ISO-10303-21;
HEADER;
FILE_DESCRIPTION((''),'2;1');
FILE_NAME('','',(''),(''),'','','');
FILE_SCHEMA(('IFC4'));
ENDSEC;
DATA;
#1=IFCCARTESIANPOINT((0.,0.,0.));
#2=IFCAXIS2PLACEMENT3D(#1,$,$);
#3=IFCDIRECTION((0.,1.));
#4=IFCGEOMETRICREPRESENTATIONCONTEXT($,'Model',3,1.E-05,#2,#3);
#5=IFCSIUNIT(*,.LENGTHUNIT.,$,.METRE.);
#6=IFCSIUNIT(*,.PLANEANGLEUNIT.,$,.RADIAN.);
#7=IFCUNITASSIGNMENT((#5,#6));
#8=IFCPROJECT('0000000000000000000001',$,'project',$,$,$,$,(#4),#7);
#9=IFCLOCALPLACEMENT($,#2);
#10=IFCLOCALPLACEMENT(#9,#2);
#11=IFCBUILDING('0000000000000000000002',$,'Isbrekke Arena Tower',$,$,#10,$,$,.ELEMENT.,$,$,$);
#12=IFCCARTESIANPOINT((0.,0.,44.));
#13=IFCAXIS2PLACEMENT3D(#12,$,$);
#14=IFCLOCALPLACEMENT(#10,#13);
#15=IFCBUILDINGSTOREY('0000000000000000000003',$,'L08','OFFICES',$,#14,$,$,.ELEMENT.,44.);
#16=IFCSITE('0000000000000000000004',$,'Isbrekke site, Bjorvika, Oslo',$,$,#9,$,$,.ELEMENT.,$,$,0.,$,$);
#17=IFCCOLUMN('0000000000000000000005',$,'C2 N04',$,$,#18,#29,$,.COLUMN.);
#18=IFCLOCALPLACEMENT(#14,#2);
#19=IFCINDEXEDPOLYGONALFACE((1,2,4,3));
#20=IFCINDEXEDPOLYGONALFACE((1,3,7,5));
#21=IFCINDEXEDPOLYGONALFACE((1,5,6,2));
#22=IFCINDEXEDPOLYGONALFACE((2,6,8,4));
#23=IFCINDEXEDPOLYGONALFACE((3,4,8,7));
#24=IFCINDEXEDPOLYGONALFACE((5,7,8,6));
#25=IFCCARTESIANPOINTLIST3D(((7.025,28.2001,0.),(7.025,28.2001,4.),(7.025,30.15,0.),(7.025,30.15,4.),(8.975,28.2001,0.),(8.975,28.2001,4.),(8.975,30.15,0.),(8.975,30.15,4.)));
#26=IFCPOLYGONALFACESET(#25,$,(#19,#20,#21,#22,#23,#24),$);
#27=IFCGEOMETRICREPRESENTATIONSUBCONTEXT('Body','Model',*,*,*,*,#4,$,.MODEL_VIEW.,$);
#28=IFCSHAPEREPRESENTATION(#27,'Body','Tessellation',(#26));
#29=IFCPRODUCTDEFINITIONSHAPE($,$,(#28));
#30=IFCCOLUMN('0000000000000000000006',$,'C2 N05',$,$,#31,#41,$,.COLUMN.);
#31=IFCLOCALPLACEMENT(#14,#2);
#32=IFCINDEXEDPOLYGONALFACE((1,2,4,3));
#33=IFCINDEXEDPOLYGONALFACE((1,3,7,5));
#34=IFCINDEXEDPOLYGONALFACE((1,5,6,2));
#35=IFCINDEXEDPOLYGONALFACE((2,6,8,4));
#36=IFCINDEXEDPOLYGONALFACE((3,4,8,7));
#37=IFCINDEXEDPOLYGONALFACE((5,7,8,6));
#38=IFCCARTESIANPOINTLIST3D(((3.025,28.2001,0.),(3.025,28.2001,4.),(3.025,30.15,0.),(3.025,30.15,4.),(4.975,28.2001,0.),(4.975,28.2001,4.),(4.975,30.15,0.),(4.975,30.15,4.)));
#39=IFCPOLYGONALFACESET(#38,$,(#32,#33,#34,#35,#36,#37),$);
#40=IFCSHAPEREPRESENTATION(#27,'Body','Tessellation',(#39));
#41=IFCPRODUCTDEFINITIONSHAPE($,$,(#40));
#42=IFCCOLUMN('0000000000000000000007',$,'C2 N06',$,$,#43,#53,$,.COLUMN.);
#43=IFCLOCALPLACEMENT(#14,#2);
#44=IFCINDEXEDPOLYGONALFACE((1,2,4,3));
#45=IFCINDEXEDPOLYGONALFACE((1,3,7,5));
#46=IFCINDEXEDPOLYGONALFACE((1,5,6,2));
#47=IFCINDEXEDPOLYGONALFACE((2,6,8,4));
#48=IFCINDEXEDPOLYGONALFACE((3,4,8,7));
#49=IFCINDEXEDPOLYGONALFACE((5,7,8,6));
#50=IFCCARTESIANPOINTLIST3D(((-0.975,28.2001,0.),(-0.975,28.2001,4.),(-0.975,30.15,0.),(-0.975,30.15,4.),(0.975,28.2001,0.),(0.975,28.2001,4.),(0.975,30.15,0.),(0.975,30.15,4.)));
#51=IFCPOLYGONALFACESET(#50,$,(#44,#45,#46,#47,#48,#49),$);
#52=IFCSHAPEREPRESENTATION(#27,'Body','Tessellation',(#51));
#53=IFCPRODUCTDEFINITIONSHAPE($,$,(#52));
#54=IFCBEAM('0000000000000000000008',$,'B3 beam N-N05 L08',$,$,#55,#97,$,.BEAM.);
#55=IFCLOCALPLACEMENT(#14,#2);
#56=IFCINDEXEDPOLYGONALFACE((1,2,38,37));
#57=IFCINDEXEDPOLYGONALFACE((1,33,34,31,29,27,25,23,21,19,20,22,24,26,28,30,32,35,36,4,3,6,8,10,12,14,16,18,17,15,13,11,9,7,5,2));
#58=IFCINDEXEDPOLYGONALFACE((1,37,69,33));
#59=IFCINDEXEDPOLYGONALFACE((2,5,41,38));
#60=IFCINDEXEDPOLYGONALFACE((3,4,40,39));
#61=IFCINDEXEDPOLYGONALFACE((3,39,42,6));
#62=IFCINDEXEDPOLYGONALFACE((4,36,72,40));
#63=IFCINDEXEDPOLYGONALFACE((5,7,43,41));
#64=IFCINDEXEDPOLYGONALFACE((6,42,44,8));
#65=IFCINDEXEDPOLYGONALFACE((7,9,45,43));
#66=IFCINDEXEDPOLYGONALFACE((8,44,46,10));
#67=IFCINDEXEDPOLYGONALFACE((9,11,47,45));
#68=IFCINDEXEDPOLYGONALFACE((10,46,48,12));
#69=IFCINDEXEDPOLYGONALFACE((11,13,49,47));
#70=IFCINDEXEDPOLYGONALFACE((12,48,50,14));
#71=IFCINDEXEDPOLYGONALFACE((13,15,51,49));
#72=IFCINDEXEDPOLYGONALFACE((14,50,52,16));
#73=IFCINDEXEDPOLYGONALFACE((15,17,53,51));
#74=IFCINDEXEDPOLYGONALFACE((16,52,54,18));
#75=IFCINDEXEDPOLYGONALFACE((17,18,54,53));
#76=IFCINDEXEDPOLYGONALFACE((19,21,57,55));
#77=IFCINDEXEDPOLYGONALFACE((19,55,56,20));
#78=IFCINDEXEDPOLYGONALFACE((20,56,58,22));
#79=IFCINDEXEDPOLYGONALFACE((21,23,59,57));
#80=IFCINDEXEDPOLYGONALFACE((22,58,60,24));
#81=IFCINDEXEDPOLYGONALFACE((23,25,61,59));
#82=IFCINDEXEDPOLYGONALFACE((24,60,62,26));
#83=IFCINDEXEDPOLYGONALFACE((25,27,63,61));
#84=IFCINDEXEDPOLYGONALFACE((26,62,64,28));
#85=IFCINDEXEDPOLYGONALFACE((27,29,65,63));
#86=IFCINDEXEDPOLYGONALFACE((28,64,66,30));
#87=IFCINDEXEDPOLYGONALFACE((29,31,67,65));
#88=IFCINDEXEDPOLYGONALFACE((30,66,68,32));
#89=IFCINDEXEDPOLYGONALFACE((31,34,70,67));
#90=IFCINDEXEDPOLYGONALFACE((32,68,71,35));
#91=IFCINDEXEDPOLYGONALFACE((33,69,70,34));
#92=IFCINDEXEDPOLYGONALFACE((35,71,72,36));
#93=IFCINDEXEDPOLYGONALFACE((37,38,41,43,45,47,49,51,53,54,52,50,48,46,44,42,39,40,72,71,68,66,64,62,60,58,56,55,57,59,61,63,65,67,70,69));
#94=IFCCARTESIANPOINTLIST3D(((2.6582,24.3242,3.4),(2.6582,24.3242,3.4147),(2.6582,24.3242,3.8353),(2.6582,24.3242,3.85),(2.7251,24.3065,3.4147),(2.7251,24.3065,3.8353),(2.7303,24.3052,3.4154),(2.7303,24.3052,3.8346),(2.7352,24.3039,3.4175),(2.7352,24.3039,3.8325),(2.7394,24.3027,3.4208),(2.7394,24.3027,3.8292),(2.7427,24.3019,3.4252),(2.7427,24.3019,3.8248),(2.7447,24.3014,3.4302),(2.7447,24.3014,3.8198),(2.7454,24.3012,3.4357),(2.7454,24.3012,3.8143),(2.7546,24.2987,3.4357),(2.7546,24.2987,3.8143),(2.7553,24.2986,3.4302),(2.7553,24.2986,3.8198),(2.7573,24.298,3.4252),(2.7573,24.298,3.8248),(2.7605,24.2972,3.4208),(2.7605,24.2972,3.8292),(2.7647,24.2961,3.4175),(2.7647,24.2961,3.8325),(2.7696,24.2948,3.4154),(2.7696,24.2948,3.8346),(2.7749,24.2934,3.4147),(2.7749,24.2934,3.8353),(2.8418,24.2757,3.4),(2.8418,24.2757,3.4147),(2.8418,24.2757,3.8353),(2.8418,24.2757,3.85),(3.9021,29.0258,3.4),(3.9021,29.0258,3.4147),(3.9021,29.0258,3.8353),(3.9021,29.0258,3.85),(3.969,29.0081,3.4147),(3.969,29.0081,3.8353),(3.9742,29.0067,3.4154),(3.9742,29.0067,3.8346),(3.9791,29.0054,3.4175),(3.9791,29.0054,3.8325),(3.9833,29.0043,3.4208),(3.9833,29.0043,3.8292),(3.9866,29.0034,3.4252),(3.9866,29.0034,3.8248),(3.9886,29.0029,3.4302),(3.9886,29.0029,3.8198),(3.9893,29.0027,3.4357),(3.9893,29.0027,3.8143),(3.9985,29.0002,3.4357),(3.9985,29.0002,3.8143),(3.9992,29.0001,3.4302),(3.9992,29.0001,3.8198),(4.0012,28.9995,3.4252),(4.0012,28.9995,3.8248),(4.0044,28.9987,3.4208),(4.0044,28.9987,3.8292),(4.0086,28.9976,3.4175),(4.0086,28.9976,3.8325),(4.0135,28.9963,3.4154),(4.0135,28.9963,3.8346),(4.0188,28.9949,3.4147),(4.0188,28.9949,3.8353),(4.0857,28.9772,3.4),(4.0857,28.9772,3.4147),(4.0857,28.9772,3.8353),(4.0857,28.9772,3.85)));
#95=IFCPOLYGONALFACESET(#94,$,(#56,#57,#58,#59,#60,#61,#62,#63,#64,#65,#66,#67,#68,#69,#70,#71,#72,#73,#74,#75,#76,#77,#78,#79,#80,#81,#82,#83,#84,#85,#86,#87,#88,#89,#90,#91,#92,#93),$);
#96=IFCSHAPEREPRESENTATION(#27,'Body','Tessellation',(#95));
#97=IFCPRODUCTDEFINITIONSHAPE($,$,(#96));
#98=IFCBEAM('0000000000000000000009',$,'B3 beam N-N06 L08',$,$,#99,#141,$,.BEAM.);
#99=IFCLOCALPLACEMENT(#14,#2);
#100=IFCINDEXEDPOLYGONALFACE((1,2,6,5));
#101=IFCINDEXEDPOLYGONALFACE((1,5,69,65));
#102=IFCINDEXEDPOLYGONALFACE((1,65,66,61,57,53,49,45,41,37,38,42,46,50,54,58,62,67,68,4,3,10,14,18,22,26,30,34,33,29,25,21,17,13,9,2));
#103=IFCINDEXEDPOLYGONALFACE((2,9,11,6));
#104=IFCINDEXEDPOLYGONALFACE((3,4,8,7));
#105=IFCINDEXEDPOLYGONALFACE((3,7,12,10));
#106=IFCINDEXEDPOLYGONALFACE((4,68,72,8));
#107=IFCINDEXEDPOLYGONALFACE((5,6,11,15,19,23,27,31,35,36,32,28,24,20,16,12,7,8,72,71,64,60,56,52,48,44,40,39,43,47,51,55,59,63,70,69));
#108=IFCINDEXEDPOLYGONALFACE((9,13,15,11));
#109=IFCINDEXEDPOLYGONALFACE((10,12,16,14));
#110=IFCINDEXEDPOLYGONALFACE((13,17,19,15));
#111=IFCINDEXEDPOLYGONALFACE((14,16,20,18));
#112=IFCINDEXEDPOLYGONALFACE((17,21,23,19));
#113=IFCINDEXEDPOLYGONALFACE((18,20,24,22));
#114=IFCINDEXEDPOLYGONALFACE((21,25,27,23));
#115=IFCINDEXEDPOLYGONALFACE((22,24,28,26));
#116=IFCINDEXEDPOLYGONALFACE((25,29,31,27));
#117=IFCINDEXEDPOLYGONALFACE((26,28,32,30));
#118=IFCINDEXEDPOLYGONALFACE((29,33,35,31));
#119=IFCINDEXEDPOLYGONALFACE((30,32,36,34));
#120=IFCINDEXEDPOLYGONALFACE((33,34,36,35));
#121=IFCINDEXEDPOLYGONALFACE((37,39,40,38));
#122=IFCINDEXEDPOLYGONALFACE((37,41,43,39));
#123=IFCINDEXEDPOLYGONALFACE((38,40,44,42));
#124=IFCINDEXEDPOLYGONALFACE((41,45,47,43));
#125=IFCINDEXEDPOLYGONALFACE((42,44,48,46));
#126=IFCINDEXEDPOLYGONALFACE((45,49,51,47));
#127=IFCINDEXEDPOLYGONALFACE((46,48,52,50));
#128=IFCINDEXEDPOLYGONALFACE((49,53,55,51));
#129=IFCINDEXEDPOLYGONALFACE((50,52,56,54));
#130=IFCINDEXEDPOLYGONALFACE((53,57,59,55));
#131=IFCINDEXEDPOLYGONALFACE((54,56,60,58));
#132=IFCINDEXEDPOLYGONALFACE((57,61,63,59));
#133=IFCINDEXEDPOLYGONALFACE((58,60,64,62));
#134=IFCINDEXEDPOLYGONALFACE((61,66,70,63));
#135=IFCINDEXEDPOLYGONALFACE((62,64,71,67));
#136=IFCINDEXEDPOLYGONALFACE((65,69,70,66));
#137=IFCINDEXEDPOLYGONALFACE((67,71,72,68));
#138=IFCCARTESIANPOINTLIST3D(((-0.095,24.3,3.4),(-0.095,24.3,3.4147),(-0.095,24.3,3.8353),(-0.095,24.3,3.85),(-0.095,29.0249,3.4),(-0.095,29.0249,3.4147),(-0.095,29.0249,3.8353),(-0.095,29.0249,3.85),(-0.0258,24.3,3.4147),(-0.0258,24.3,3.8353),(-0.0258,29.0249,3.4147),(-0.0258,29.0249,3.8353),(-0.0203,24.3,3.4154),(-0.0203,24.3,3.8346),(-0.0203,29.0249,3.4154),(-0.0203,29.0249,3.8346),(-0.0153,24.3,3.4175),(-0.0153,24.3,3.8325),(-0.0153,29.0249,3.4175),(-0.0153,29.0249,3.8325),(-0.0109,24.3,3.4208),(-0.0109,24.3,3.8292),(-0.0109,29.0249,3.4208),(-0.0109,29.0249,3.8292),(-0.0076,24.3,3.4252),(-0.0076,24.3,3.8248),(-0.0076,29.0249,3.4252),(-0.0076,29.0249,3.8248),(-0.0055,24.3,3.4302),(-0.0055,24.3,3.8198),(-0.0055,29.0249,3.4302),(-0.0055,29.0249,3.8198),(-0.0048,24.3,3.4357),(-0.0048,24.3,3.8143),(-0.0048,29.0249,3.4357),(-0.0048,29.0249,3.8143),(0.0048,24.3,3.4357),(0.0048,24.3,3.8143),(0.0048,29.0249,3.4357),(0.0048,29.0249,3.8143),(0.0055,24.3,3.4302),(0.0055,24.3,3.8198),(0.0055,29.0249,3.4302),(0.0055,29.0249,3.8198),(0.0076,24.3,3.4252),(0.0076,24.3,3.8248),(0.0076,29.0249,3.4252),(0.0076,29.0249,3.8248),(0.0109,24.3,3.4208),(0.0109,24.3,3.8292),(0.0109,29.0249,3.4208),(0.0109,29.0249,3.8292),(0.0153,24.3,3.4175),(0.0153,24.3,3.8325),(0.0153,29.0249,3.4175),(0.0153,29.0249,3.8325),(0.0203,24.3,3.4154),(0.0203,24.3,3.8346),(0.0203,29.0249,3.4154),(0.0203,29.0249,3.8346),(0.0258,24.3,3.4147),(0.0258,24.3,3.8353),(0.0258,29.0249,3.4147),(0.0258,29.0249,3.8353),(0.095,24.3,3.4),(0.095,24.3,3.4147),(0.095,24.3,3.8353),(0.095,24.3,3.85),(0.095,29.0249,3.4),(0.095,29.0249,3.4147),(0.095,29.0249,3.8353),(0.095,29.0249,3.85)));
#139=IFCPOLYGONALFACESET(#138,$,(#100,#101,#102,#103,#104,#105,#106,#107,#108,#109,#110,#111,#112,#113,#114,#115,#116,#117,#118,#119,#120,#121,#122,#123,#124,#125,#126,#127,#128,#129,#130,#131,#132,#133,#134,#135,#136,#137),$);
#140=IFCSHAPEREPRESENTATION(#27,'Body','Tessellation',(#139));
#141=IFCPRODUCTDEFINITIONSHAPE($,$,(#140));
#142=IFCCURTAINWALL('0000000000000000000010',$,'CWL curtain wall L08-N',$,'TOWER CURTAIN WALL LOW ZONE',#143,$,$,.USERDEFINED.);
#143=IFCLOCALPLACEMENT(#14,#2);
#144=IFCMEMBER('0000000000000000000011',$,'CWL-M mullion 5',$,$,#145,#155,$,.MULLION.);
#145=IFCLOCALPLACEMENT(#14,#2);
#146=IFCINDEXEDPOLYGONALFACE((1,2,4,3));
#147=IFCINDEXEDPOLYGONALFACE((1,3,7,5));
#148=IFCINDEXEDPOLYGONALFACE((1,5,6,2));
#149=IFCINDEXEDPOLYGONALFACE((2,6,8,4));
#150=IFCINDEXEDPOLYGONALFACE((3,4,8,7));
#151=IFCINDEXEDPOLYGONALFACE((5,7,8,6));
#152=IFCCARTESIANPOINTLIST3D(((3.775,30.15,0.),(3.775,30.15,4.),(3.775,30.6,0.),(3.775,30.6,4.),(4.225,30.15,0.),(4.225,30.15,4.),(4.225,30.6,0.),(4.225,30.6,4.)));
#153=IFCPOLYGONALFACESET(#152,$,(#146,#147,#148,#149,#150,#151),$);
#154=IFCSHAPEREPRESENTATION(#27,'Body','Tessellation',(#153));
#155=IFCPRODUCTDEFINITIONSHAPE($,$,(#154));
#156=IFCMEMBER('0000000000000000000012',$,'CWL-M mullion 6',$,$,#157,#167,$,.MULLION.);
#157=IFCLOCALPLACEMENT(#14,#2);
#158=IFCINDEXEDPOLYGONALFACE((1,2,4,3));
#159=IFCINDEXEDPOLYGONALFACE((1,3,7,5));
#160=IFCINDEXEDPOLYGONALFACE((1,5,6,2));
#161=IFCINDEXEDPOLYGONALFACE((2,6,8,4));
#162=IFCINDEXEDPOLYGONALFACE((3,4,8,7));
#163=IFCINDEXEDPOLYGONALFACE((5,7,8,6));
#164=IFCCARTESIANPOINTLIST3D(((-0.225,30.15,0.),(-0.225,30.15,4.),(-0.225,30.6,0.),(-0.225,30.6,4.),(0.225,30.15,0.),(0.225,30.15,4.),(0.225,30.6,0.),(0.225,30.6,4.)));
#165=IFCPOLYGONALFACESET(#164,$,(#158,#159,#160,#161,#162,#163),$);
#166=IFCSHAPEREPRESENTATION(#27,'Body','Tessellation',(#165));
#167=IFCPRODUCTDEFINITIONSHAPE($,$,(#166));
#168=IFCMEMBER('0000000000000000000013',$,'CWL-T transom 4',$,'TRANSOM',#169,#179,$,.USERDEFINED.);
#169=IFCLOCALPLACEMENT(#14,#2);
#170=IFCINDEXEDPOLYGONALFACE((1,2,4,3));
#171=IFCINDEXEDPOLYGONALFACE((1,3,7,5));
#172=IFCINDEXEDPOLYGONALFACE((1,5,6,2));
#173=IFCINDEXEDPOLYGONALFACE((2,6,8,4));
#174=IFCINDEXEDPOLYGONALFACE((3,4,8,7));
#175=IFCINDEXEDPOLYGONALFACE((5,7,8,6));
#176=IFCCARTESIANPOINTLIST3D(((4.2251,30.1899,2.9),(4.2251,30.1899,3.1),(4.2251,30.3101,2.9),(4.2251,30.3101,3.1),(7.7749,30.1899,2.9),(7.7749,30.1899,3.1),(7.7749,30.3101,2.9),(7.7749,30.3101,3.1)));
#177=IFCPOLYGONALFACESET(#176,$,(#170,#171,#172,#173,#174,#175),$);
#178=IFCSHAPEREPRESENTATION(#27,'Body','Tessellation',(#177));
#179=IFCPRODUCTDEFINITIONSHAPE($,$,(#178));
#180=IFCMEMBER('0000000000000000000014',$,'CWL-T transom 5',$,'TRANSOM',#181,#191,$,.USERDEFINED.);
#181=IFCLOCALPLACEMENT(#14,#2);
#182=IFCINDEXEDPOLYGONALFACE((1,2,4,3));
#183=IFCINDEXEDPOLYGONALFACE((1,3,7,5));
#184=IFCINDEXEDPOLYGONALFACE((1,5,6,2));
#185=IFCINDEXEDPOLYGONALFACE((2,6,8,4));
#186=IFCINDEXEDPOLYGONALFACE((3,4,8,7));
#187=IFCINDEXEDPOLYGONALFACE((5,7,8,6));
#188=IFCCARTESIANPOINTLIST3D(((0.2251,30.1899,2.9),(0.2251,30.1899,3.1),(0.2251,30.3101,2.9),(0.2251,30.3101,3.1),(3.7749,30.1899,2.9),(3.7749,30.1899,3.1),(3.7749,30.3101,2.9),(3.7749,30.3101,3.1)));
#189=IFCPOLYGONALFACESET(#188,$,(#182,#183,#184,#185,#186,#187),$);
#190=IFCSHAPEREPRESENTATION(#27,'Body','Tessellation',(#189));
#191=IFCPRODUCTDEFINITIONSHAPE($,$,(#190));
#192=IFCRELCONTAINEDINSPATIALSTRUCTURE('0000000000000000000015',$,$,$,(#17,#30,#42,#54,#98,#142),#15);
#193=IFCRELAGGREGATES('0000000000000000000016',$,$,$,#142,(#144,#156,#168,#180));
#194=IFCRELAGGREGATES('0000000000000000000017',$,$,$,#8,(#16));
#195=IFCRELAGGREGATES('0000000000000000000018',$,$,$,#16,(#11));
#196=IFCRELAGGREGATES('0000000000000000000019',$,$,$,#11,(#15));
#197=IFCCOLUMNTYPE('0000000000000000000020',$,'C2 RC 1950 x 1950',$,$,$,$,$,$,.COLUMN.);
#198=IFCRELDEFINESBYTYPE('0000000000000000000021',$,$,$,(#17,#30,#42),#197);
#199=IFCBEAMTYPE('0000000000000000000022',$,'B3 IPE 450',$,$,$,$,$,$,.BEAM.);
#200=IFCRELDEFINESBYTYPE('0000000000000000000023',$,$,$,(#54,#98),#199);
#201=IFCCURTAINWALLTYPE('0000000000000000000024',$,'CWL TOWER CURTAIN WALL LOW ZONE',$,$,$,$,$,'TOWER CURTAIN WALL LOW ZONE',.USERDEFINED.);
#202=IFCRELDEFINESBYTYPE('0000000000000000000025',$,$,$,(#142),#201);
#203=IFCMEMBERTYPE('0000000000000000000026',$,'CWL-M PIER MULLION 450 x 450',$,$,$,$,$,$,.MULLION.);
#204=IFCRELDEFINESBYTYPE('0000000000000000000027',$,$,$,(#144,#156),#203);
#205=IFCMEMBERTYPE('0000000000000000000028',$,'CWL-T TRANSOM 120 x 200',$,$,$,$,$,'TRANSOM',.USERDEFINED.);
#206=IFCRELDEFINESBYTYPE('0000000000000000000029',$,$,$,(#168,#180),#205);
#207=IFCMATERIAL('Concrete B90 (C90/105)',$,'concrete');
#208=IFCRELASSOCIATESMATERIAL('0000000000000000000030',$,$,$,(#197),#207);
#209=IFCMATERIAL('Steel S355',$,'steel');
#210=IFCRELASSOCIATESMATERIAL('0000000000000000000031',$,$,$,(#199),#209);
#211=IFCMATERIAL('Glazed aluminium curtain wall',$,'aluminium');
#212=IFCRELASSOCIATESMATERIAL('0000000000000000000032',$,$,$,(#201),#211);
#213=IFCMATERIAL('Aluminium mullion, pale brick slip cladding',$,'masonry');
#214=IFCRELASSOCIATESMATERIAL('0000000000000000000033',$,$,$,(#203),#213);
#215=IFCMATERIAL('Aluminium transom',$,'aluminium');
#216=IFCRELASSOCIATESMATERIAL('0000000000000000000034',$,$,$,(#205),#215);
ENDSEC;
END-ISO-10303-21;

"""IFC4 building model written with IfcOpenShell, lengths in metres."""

from ifc_helpers import new_model, si_unit, direction, frame, origin, origin_2d, place, context, subcontext, project, spatial, rectangle, i_section, extrude, material, material_profile, profile_set, type_object, element, aggregate, save


model = new_model("IFC4")

# Units and contexts
model_context = context("Model", 3, precision=1e-05, world=origin(), true_north=direction((0.0, 1.0)))
body_context = subcontext(model_context, "Body", "Model", "MODEL_VIEW")
ifc_project = project(units=[si_unit("LENGTHUNIT", "METRE"), si_unit("PLANEANGLEUNIT", "RADIAN")], contexts=[model_context])

# Site, building, storey
site_placement = place(None, origin())
site = spatial("IfcSite", under=ifc_project, at=site_placement, Name="Isbrekke site, Bjorvika, Oslo", CompositionType="ELEMENT", RefElevation=0.0)
building_placement = place(site_placement, origin())
building = spatial("IfcBuilding", under=site, at=building_placement, Name="Isbrekke Arena Tower", CompositionType="ELEMENT")
storey_placement = place(building_placement, frame((0.0, 0.0, 44.0)))
storey = spatial("IfcBuildingStorey", under=building, at=storey_placement, Name="L08", Description="OFFICES", CompositionType="ELEMENT", Elevation=44.0)

# Columns
ifc_material_1 = material(Name="Concrete B90 (C90/105)", Category="concrete")
ifc_material_profile_1 = material_profile(ifc_material_1, rectangle(XDim=1.95, YDim=1.95, at=origin_2d()), Name="RC 1950x1950")
ifc_profile_set_1 = profile_set([ifc_material_profile_1], Name="Concrete B90 (C90/105)")
column_type = type_object("IfcColumnType", Name="C2 RC 1950 x 1950", PredefinedType="COLUMN", material=ifc_profile_set_1)
for number, where, z_axis, x_axis, name in (
    (1, (8.0, 29.175, 0.0), (0.0, 0.0, 1.0), (-1.0, 0.0, 0.0), "C2 N04"),
    (2, (4.0, 29.175, 0.0), (0.0, 0.0, 1.0), (-1.0, 0.0, 0.0), "C2 N05"),
    (3, (0.0, 29.175, 0.0), (0.0, 0.0, 1.0), (-1.0, 0.0, 0.0), "C2 N06"),
):
    element("IfcColumn", number, at=place(storey_placement, frame(where, z_axis=z_axis, x_axis=x_axis)), inside=storey, type_object=column_type, Name=name, PredefinedType="COLUMN", context=body_context, shape_type="SweptSolid", body=[
        extrude(rectangle(XDim=1.95, YDim=1.95, at=origin_2d()), origin(), (0.0, 0.0, 1.0), 4.0),
    ])

# Beams
ifc_material_2 = material(Name="Steel S355", Category="steel")
ifc_material_profile_2 = material_profile(ifc_material_2, i_section(OverallWidth=0.1899, OverallDepth=0.45, WebThickness=0.0095, FlangeThickness=0.0146, FilletRadius=0.021, at=origin_2d()), Name="IPE 450")
ifc_profile_set_2 = profile_set([ifc_material_profile_2], Name="Steel S355")
beam_type_1 = type_object("IfcBeamType", Name="B3 IPE 450", PredefinedType="BEAM", material=ifc_profile_set_2)
beam_1_placement = place(storey_placement, frame((3.9939, 29.0015, 3.625), z_axis=(-0.255778, -0.966736, 0.0), x_axis=(0.966736, -0.255778, 0.0)))
element("IfcBeam", 4, at=beam_1_placement, inside=storey, type_object=beam_type_1, Name="B3 beam N-N05 L08", PredefinedType="BEAM", context=body_context, shape_type="SweptSolid", body=[
    extrude(i_section(OverallWidth=0.1899, OverallDepth=0.45, WebThickness=0.0095, FlangeThickness=0.0146, FilletRadius=0.021, at=origin_2d()), origin(), (0.0, 0.0, 1.0), 4.8633),
])
beam_2_placement = place(storey_placement, frame((0.0, 29.0249, 3.625), z_axis=(0.0, -1.0, 0.0), x_axis=(1.0, 0.0, 0.0)))
element("IfcBeam", 5, at=beam_2_placement, inside=storey, type_object=beam_type_1, Name="B3 beam N-N06 L08", PredefinedType="BEAM", context=body_context, shape_type="SweptSolid", body=[
    extrude(i_section(OverallWidth=0.1899, OverallDepth=0.45, WebThickness=0.0095, FlangeThickness=0.0146, FilletRadius=0.021, at=origin_2d()), origin(), (0.0, 0.0, 1.0), 4.7249),
])

# Curtain wall, members
ifc_material_3 = material(Name="Glazed aluminium curtain wall", Category="aluminium")
curtain_wall_type = type_object("IfcCurtainWallType", Name="CWL TOWER CURTAIN WALL LOW ZONE", ElementType="TOWER CURTAIN WALL LOW ZONE", PredefinedType="USERDEFINED", material=ifc_material_3)
curtain_wall_placement = place(storey_placement, origin())
curtain_wall = element("IfcCurtainWall", 6, at=curtain_wall_placement, inside=storey, type_object=curtain_wall_type, Name="CWL curtain wall L08-N", ObjectType="TOWER CURTAIN WALL LOW ZONE", PredefinedType="USERDEFINED")
ifc_material_4 = material(Name="Aluminium mullion, pale brick slip cladding", Category="masonry")
ifc_material_profile_3 = material_profile(ifc_material_4, rectangle(XDim=0.45, YDim=0.45, at=origin_2d()), Name="PIER 450X450")
ifc_profile_set_3 = profile_set([ifc_material_profile_3], Name="Aluminium mullion, pale brick slip cladding")
member_type_1 = type_object("IfcMemberType", Name="CWL-M PIER MULLION 450 x 450", PredefinedType="MULLION", material=ifc_profile_set_3)
member_1_placement = place(storey_placement, frame((4.0, 30.375, 0.0), z_axis=(0.0, 0.0, 1.0), x_axis=(-1.0, 0.0, 0.0)))
member_1 = element("IfcMember", 7, at=member_1_placement, type_object=member_type_1, Name="CWL-M mullion 5", PredefinedType="MULLION", context=body_context, shape_type="SweptSolid", body=[
    extrude(rectangle(XDim=0.45, YDim=0.45, at=origin_2d()), origin(), (0.0, 0.0, 1.0), 4.0),
])
member_2_placement = place(storey_placement, frame((0.0, 30.375, 0.0), z_axis=(0.0, 0.0, 1.0), x_axis=(-1.0, 0.0, 0.0)))
member_2 = element("IfcMember", 8, at=member_2_placement, type_object=member_type_1, Name="CWL-M mullion 6", PredefinedType="MULLION", context=body_context, shape_type="SweptSolid", body=[
    extrude(rectangle(XDim=0.45, YDim=0.45, at=origin_2d()), origin(), (0.0, 0.0, 1.0), 4.0),
])
ifc_material_5 = material(Name="Aluminium transom", Category="aluminium")
ifc_material_profile_4 = material_profile(ifc_material_5, rectangle(XDim=0.1201, YDim=0.2, at=origin_2d()), Name="TRANSOM 120X200")
ifc_profile_set_4 = profile_set([ifc_material_profile_4], Name="Aluminium transom")
member_type_2 = type_object("IfcMemberType", Name="CWL-T TRANSOM 120 x 200", ElementType="TRANSOM", PredefinedType="USERDEFINED", material=ifc_profile_set_4)
member_3_placement = place(storey_placement, frame((7.7749, 30.25, 3.0), z_axis=(-1.0, 0.0, 0.0), x_axis=(0.0, -1.0, 0.0)))
member_3 = element("IfcMember", 9, at=member_3_placement, type_object=member_type_2, Name="CWL-T transom 4", ObjectType="TRANSOM", PredefinedType="USERDEFINED", context=body_context, shape_type="SweptSolid", body=[
    extrude(rectangle(XDim=0.1201, YDim=0.2, at=origin_2d()), origin(), (0.0, 0.0, 1.0), 3.5498),
])
member_4_placement = place(storey_placement, frame((3.7749, 30.25, 3.0), z_axis=(-1.0, 0.0, 0.0), x_axis=(0.0, -1.0, 0.0)))
member_4 = element("IfcMember", 10, at=member_4_placement, type_object=member_type_2, Name="CWL-T transom 5", ObjectType="TRANSOM", PredefinedType="USERDEFINED", context=body_context, shape_type="SweptSolid", body=[
    extrude(rectangle(XDim=0.1201, YDim=0.2, at=origin_2d()), origin(), (0.0, 0.0, 1.0), 3.5498),
])

aggregate(curtain_wall, [member_1, member_2, member_3, member_4])

save(model, "model.ifc")
